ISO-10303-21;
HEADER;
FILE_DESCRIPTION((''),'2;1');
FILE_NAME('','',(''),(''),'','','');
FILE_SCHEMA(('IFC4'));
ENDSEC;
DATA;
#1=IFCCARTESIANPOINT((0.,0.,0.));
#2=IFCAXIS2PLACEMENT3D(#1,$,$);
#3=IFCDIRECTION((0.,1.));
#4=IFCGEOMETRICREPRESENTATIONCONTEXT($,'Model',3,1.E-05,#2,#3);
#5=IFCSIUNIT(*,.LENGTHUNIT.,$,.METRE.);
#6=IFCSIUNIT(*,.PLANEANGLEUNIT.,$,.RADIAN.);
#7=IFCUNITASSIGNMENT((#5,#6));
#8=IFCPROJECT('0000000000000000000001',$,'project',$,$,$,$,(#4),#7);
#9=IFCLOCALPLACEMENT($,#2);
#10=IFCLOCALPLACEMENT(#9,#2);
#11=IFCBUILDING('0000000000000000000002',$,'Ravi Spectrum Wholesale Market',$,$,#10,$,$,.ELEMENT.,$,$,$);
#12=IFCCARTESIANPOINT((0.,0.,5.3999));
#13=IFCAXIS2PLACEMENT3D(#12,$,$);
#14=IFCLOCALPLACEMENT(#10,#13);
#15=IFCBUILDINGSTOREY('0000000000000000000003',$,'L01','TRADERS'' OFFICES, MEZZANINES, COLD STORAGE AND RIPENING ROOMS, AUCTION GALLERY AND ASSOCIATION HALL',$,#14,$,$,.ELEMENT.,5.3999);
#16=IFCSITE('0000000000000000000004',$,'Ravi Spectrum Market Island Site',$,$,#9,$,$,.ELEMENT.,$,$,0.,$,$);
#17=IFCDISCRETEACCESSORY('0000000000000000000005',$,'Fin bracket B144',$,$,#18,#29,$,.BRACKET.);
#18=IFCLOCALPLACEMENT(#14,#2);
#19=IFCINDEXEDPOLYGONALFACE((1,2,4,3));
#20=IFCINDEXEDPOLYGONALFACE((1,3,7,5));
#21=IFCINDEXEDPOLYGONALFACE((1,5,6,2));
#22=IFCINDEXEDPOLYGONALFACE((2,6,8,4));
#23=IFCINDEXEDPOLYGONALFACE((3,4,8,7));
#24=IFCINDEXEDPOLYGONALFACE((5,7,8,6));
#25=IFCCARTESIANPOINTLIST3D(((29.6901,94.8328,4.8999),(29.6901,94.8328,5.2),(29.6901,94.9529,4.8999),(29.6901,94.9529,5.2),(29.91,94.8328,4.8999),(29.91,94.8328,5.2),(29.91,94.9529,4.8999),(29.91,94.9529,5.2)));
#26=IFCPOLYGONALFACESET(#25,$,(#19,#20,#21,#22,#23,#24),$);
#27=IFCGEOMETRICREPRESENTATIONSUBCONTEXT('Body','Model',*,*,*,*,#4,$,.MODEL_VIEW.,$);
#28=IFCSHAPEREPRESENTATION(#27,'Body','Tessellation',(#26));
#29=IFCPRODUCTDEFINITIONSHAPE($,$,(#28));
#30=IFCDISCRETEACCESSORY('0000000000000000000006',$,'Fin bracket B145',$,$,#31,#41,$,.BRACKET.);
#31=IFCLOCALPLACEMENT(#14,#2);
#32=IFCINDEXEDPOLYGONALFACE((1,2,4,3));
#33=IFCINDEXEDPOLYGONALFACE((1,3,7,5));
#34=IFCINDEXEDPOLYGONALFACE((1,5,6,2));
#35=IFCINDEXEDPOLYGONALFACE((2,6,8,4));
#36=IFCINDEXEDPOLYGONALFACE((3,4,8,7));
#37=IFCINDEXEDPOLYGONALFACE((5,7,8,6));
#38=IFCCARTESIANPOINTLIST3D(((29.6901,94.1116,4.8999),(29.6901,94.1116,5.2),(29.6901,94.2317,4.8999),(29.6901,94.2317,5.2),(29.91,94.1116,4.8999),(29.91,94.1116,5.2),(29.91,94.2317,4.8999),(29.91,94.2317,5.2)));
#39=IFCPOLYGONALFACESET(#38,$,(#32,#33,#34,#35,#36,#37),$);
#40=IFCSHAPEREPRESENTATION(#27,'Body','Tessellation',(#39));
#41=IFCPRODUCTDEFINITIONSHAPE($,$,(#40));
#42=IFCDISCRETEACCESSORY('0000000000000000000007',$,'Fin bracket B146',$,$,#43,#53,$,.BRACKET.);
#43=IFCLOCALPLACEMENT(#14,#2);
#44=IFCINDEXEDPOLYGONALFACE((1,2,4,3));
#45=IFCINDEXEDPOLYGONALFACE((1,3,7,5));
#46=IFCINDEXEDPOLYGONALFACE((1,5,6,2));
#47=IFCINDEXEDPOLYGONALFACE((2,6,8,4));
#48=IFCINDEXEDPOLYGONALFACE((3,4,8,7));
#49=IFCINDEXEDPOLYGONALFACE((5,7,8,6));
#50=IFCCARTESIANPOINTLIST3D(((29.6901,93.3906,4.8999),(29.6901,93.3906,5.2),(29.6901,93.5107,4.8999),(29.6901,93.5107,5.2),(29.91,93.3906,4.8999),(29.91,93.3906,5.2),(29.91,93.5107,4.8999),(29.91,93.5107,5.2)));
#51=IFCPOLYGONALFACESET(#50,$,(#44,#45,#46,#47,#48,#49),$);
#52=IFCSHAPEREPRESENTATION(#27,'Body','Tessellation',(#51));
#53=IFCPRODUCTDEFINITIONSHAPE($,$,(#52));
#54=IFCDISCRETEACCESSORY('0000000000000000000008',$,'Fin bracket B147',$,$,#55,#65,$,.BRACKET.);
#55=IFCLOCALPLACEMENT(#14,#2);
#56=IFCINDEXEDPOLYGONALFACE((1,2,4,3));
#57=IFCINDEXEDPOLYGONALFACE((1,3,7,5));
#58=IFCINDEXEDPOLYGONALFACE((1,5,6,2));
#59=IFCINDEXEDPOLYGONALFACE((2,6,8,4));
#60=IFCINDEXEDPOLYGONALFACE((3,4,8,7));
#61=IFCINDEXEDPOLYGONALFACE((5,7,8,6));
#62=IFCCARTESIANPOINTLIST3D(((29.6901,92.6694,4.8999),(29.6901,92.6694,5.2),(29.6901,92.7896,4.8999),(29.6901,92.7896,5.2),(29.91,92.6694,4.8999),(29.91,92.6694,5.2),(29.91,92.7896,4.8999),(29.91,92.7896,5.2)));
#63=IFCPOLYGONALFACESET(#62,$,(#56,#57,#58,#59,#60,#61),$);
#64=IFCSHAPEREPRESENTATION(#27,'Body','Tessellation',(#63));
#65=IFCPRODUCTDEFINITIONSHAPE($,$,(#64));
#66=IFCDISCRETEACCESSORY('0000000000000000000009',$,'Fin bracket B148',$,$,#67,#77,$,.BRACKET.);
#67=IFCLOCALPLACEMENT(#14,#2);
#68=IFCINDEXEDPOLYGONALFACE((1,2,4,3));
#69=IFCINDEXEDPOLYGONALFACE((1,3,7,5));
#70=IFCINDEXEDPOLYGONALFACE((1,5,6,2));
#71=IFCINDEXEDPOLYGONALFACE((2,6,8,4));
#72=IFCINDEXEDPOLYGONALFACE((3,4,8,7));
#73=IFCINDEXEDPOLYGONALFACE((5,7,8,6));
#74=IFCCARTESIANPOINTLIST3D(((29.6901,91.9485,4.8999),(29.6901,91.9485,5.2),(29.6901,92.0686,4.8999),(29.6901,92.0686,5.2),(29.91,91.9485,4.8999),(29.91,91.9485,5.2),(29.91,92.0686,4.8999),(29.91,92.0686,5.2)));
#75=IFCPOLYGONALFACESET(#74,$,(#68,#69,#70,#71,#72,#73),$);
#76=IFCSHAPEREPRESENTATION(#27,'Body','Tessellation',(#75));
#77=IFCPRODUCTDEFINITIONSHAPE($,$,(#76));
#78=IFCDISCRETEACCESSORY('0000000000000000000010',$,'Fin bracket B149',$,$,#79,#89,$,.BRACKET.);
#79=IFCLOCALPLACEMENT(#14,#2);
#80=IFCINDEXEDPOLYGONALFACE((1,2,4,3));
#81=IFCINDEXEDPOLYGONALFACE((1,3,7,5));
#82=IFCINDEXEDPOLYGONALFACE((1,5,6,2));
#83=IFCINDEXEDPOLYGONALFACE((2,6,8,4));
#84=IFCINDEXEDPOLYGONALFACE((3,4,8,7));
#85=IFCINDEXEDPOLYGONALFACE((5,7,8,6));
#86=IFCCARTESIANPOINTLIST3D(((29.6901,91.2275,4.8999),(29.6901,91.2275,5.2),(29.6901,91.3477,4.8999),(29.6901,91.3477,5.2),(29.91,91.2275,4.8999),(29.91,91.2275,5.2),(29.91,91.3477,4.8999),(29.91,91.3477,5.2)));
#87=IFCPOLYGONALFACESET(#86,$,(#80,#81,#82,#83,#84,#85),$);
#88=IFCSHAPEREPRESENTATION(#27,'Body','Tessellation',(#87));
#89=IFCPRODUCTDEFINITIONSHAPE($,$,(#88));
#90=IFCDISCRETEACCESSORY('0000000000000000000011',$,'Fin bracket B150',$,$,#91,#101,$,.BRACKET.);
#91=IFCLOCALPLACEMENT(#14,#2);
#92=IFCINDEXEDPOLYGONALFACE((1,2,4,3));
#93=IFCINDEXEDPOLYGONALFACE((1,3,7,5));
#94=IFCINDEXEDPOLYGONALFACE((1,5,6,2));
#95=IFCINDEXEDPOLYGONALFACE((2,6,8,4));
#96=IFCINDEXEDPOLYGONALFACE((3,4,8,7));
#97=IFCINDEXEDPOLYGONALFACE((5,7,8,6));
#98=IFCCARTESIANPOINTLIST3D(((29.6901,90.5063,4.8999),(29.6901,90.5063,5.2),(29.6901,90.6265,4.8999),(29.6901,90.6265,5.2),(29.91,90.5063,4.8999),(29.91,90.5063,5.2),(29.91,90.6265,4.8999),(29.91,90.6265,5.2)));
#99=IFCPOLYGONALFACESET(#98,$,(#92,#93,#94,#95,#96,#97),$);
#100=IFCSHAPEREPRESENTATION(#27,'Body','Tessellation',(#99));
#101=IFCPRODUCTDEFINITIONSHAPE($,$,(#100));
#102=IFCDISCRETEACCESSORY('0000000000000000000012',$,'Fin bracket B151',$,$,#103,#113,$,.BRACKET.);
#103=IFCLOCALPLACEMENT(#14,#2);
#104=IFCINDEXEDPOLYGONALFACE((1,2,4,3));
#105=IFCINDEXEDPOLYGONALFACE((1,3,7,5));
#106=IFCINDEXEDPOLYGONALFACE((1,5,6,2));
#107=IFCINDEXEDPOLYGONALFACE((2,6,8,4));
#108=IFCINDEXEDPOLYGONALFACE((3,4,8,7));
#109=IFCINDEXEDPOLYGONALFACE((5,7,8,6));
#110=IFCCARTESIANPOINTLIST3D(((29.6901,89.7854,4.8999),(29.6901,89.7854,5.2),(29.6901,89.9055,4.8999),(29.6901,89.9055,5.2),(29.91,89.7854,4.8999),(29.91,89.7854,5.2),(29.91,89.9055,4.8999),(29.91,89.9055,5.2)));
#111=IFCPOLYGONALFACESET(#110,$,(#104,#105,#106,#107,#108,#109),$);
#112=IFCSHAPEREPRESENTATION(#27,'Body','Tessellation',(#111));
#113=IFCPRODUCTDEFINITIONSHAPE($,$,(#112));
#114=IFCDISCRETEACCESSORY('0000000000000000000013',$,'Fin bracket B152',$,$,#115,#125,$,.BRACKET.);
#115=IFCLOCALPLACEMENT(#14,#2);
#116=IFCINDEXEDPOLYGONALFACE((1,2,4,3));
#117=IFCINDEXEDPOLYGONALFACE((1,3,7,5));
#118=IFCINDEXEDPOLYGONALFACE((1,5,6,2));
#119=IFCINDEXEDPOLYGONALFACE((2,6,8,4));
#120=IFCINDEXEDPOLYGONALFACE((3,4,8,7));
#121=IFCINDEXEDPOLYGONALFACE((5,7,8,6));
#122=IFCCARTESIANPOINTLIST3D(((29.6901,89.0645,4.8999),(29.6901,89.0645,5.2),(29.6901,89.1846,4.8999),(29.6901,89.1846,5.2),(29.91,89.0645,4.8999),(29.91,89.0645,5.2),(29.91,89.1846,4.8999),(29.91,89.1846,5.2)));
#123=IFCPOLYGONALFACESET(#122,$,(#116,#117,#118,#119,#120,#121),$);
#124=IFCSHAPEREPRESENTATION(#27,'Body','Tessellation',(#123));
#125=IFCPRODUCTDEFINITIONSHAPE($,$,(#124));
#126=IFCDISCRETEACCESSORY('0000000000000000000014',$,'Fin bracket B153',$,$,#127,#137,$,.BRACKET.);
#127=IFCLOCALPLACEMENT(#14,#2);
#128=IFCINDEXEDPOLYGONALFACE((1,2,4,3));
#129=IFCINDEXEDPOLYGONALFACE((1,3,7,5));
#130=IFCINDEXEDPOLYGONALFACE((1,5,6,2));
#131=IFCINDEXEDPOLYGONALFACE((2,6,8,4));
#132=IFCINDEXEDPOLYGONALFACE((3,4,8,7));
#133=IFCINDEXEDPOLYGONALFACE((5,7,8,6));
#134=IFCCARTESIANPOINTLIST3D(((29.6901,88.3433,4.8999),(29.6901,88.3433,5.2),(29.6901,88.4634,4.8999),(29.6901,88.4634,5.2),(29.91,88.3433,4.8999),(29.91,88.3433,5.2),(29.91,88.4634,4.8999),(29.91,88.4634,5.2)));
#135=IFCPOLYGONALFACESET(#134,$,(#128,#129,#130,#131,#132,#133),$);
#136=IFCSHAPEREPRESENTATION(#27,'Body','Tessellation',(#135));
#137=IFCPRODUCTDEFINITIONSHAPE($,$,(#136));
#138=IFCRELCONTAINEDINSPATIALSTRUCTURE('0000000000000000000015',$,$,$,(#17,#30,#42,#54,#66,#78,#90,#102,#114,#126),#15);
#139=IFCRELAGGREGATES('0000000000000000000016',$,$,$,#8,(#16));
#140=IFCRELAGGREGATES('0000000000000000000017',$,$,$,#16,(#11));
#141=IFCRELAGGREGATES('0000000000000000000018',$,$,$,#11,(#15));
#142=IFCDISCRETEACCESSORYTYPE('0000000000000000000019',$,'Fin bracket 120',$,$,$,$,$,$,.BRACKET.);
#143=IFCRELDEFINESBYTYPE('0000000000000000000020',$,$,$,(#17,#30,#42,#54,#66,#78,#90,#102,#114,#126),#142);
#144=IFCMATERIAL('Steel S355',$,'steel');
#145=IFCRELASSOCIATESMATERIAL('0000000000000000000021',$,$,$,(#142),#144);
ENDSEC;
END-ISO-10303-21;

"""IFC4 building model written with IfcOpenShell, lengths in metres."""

from ifc_helpers import new_model, si_unit, direction, frame, origin, origin_2d, place, context, subcontext, project, spatial, rectangle, extrude, material, type_object, element, save


model = new_model("IFC4")

# Units and contexts
model_context = context("Model", 3, precision=1e-05, world=origin(), true_north=direction((0.0, 1.0)))
body_context = subcontext(model_context, "Body", "Model", "MODEL_VIEW")
ifc_project = project(units=[si_unit("LENGTHUNIT", "METRE"), si_unit("PLANEANGLEUNIT", "RADIAN")], contexts=[model_context])

# Site, building, storey
site_placement = place(None, origin())
site = spatial("IfcSite", under=ifc_project, at=site_placement, Name="Ravi Spectrum Market Island Site", CompositionType="ELEMENT", RefElevation=0.0)
building_placement = place(site_placement, origin())
building = spatial("IfcBuilding", under=site, at=building_placement, Name="Ravi Spectrum Wholesale Market", CompositionType="ELEMENT")
storey_placement = place(building_placement, frame((0.0, 0.0, 5.3999)))
storey = spatial("IfcBuildingStorey", under=building, at=storey_placement, Name="L01", Description="TRADERS' OFFICES, MEZZANINES, COLD STORAGE AND RIPENING ROOMS, AUCTION GALLERY AND ASSOCIATION HALL", CompositionType="ELEMENT", Elevation=5.3999)

# Discrete accessories
ifc_material_1 = material(Name="Steel S355", Category="steel")
discrete_accessory_type = type_object("IfcDiscreteAccessoryType", Name="Fin bracket 120", PredefinedType="BRACKET", material=ifc_material_1)
for number, where, z_axis, x_axis, name in (
    (1, (29.8, 94.8928, 4.8999), (0.0, 0.0, 1.0), (0.0, -1.0, 0.0), "Fin bracket B144"),
    (2, (29.8, 94.1716, 4.8999), (0.0, 0.0, 1.0), (0.0, -1.0, 0.0), "Fin bracket B145"),
    (3, (29.8, 93.4507, 4.8999), (0.0, 0.0, 1.0), (0.0, -1.0, 0.0), "Fin bracket B146"),
    (4, (29.8, 92.7295, 4.8999), (0.0, 0.0, 1.0), (0.0, -1.0, 0.0), "Fin bracket B147"),
    (5, (29.8, 92.0085, 4.8999), (0.0, 0.0, 1.0), (0.0, -1.0, 0.0), "Fin bracket B148"),
    (6, (29.8, 91.2876, 4.8999), (0.0, 0.0, 1.0), (0.0, -1.0, 0.0), "Fin bracket B149"),
    (7, (29.8, 90.5664, 4.8999), (0.0, 0.0, 1.0), (0.0, -1.0, 0.0), "Fin bracket B150"),
    (8, (29.8, 89.8455, 4.8999), (0.0, 0.0, 1.0), (0.0, -1.0, 0.0), "Fin bracket B151"),
    (9, (29.8, 89.1245, 4.8999), (0.0, 0.0, 1.0), (0.0, -1.0, 0.0), "Fin bracket B152"),
    (10, (29.8, 88.4033, 4.8999), (0.0, 0.0, 1.0), (0.0, -1.0, 0.0), "Fin bracket B153"),
):
    element("IfcDiscreteAccessory", number, at=place(storey_placement, frame(where, z_axis=z_axis, x_axis=x_axis)), inside=storey, type_object=discrete_accessory_type, Name=name, PredefinedType="BRACKET", context=body_context, shape_type="SweptSolid", body=[
        extrude(rectangle(XDim=0.1201, YDim=0.22, at=origin_2d()), origin(), (0.0, 0.0, 1.0), 0.3),
    ])

save(model, "model.ifc")
